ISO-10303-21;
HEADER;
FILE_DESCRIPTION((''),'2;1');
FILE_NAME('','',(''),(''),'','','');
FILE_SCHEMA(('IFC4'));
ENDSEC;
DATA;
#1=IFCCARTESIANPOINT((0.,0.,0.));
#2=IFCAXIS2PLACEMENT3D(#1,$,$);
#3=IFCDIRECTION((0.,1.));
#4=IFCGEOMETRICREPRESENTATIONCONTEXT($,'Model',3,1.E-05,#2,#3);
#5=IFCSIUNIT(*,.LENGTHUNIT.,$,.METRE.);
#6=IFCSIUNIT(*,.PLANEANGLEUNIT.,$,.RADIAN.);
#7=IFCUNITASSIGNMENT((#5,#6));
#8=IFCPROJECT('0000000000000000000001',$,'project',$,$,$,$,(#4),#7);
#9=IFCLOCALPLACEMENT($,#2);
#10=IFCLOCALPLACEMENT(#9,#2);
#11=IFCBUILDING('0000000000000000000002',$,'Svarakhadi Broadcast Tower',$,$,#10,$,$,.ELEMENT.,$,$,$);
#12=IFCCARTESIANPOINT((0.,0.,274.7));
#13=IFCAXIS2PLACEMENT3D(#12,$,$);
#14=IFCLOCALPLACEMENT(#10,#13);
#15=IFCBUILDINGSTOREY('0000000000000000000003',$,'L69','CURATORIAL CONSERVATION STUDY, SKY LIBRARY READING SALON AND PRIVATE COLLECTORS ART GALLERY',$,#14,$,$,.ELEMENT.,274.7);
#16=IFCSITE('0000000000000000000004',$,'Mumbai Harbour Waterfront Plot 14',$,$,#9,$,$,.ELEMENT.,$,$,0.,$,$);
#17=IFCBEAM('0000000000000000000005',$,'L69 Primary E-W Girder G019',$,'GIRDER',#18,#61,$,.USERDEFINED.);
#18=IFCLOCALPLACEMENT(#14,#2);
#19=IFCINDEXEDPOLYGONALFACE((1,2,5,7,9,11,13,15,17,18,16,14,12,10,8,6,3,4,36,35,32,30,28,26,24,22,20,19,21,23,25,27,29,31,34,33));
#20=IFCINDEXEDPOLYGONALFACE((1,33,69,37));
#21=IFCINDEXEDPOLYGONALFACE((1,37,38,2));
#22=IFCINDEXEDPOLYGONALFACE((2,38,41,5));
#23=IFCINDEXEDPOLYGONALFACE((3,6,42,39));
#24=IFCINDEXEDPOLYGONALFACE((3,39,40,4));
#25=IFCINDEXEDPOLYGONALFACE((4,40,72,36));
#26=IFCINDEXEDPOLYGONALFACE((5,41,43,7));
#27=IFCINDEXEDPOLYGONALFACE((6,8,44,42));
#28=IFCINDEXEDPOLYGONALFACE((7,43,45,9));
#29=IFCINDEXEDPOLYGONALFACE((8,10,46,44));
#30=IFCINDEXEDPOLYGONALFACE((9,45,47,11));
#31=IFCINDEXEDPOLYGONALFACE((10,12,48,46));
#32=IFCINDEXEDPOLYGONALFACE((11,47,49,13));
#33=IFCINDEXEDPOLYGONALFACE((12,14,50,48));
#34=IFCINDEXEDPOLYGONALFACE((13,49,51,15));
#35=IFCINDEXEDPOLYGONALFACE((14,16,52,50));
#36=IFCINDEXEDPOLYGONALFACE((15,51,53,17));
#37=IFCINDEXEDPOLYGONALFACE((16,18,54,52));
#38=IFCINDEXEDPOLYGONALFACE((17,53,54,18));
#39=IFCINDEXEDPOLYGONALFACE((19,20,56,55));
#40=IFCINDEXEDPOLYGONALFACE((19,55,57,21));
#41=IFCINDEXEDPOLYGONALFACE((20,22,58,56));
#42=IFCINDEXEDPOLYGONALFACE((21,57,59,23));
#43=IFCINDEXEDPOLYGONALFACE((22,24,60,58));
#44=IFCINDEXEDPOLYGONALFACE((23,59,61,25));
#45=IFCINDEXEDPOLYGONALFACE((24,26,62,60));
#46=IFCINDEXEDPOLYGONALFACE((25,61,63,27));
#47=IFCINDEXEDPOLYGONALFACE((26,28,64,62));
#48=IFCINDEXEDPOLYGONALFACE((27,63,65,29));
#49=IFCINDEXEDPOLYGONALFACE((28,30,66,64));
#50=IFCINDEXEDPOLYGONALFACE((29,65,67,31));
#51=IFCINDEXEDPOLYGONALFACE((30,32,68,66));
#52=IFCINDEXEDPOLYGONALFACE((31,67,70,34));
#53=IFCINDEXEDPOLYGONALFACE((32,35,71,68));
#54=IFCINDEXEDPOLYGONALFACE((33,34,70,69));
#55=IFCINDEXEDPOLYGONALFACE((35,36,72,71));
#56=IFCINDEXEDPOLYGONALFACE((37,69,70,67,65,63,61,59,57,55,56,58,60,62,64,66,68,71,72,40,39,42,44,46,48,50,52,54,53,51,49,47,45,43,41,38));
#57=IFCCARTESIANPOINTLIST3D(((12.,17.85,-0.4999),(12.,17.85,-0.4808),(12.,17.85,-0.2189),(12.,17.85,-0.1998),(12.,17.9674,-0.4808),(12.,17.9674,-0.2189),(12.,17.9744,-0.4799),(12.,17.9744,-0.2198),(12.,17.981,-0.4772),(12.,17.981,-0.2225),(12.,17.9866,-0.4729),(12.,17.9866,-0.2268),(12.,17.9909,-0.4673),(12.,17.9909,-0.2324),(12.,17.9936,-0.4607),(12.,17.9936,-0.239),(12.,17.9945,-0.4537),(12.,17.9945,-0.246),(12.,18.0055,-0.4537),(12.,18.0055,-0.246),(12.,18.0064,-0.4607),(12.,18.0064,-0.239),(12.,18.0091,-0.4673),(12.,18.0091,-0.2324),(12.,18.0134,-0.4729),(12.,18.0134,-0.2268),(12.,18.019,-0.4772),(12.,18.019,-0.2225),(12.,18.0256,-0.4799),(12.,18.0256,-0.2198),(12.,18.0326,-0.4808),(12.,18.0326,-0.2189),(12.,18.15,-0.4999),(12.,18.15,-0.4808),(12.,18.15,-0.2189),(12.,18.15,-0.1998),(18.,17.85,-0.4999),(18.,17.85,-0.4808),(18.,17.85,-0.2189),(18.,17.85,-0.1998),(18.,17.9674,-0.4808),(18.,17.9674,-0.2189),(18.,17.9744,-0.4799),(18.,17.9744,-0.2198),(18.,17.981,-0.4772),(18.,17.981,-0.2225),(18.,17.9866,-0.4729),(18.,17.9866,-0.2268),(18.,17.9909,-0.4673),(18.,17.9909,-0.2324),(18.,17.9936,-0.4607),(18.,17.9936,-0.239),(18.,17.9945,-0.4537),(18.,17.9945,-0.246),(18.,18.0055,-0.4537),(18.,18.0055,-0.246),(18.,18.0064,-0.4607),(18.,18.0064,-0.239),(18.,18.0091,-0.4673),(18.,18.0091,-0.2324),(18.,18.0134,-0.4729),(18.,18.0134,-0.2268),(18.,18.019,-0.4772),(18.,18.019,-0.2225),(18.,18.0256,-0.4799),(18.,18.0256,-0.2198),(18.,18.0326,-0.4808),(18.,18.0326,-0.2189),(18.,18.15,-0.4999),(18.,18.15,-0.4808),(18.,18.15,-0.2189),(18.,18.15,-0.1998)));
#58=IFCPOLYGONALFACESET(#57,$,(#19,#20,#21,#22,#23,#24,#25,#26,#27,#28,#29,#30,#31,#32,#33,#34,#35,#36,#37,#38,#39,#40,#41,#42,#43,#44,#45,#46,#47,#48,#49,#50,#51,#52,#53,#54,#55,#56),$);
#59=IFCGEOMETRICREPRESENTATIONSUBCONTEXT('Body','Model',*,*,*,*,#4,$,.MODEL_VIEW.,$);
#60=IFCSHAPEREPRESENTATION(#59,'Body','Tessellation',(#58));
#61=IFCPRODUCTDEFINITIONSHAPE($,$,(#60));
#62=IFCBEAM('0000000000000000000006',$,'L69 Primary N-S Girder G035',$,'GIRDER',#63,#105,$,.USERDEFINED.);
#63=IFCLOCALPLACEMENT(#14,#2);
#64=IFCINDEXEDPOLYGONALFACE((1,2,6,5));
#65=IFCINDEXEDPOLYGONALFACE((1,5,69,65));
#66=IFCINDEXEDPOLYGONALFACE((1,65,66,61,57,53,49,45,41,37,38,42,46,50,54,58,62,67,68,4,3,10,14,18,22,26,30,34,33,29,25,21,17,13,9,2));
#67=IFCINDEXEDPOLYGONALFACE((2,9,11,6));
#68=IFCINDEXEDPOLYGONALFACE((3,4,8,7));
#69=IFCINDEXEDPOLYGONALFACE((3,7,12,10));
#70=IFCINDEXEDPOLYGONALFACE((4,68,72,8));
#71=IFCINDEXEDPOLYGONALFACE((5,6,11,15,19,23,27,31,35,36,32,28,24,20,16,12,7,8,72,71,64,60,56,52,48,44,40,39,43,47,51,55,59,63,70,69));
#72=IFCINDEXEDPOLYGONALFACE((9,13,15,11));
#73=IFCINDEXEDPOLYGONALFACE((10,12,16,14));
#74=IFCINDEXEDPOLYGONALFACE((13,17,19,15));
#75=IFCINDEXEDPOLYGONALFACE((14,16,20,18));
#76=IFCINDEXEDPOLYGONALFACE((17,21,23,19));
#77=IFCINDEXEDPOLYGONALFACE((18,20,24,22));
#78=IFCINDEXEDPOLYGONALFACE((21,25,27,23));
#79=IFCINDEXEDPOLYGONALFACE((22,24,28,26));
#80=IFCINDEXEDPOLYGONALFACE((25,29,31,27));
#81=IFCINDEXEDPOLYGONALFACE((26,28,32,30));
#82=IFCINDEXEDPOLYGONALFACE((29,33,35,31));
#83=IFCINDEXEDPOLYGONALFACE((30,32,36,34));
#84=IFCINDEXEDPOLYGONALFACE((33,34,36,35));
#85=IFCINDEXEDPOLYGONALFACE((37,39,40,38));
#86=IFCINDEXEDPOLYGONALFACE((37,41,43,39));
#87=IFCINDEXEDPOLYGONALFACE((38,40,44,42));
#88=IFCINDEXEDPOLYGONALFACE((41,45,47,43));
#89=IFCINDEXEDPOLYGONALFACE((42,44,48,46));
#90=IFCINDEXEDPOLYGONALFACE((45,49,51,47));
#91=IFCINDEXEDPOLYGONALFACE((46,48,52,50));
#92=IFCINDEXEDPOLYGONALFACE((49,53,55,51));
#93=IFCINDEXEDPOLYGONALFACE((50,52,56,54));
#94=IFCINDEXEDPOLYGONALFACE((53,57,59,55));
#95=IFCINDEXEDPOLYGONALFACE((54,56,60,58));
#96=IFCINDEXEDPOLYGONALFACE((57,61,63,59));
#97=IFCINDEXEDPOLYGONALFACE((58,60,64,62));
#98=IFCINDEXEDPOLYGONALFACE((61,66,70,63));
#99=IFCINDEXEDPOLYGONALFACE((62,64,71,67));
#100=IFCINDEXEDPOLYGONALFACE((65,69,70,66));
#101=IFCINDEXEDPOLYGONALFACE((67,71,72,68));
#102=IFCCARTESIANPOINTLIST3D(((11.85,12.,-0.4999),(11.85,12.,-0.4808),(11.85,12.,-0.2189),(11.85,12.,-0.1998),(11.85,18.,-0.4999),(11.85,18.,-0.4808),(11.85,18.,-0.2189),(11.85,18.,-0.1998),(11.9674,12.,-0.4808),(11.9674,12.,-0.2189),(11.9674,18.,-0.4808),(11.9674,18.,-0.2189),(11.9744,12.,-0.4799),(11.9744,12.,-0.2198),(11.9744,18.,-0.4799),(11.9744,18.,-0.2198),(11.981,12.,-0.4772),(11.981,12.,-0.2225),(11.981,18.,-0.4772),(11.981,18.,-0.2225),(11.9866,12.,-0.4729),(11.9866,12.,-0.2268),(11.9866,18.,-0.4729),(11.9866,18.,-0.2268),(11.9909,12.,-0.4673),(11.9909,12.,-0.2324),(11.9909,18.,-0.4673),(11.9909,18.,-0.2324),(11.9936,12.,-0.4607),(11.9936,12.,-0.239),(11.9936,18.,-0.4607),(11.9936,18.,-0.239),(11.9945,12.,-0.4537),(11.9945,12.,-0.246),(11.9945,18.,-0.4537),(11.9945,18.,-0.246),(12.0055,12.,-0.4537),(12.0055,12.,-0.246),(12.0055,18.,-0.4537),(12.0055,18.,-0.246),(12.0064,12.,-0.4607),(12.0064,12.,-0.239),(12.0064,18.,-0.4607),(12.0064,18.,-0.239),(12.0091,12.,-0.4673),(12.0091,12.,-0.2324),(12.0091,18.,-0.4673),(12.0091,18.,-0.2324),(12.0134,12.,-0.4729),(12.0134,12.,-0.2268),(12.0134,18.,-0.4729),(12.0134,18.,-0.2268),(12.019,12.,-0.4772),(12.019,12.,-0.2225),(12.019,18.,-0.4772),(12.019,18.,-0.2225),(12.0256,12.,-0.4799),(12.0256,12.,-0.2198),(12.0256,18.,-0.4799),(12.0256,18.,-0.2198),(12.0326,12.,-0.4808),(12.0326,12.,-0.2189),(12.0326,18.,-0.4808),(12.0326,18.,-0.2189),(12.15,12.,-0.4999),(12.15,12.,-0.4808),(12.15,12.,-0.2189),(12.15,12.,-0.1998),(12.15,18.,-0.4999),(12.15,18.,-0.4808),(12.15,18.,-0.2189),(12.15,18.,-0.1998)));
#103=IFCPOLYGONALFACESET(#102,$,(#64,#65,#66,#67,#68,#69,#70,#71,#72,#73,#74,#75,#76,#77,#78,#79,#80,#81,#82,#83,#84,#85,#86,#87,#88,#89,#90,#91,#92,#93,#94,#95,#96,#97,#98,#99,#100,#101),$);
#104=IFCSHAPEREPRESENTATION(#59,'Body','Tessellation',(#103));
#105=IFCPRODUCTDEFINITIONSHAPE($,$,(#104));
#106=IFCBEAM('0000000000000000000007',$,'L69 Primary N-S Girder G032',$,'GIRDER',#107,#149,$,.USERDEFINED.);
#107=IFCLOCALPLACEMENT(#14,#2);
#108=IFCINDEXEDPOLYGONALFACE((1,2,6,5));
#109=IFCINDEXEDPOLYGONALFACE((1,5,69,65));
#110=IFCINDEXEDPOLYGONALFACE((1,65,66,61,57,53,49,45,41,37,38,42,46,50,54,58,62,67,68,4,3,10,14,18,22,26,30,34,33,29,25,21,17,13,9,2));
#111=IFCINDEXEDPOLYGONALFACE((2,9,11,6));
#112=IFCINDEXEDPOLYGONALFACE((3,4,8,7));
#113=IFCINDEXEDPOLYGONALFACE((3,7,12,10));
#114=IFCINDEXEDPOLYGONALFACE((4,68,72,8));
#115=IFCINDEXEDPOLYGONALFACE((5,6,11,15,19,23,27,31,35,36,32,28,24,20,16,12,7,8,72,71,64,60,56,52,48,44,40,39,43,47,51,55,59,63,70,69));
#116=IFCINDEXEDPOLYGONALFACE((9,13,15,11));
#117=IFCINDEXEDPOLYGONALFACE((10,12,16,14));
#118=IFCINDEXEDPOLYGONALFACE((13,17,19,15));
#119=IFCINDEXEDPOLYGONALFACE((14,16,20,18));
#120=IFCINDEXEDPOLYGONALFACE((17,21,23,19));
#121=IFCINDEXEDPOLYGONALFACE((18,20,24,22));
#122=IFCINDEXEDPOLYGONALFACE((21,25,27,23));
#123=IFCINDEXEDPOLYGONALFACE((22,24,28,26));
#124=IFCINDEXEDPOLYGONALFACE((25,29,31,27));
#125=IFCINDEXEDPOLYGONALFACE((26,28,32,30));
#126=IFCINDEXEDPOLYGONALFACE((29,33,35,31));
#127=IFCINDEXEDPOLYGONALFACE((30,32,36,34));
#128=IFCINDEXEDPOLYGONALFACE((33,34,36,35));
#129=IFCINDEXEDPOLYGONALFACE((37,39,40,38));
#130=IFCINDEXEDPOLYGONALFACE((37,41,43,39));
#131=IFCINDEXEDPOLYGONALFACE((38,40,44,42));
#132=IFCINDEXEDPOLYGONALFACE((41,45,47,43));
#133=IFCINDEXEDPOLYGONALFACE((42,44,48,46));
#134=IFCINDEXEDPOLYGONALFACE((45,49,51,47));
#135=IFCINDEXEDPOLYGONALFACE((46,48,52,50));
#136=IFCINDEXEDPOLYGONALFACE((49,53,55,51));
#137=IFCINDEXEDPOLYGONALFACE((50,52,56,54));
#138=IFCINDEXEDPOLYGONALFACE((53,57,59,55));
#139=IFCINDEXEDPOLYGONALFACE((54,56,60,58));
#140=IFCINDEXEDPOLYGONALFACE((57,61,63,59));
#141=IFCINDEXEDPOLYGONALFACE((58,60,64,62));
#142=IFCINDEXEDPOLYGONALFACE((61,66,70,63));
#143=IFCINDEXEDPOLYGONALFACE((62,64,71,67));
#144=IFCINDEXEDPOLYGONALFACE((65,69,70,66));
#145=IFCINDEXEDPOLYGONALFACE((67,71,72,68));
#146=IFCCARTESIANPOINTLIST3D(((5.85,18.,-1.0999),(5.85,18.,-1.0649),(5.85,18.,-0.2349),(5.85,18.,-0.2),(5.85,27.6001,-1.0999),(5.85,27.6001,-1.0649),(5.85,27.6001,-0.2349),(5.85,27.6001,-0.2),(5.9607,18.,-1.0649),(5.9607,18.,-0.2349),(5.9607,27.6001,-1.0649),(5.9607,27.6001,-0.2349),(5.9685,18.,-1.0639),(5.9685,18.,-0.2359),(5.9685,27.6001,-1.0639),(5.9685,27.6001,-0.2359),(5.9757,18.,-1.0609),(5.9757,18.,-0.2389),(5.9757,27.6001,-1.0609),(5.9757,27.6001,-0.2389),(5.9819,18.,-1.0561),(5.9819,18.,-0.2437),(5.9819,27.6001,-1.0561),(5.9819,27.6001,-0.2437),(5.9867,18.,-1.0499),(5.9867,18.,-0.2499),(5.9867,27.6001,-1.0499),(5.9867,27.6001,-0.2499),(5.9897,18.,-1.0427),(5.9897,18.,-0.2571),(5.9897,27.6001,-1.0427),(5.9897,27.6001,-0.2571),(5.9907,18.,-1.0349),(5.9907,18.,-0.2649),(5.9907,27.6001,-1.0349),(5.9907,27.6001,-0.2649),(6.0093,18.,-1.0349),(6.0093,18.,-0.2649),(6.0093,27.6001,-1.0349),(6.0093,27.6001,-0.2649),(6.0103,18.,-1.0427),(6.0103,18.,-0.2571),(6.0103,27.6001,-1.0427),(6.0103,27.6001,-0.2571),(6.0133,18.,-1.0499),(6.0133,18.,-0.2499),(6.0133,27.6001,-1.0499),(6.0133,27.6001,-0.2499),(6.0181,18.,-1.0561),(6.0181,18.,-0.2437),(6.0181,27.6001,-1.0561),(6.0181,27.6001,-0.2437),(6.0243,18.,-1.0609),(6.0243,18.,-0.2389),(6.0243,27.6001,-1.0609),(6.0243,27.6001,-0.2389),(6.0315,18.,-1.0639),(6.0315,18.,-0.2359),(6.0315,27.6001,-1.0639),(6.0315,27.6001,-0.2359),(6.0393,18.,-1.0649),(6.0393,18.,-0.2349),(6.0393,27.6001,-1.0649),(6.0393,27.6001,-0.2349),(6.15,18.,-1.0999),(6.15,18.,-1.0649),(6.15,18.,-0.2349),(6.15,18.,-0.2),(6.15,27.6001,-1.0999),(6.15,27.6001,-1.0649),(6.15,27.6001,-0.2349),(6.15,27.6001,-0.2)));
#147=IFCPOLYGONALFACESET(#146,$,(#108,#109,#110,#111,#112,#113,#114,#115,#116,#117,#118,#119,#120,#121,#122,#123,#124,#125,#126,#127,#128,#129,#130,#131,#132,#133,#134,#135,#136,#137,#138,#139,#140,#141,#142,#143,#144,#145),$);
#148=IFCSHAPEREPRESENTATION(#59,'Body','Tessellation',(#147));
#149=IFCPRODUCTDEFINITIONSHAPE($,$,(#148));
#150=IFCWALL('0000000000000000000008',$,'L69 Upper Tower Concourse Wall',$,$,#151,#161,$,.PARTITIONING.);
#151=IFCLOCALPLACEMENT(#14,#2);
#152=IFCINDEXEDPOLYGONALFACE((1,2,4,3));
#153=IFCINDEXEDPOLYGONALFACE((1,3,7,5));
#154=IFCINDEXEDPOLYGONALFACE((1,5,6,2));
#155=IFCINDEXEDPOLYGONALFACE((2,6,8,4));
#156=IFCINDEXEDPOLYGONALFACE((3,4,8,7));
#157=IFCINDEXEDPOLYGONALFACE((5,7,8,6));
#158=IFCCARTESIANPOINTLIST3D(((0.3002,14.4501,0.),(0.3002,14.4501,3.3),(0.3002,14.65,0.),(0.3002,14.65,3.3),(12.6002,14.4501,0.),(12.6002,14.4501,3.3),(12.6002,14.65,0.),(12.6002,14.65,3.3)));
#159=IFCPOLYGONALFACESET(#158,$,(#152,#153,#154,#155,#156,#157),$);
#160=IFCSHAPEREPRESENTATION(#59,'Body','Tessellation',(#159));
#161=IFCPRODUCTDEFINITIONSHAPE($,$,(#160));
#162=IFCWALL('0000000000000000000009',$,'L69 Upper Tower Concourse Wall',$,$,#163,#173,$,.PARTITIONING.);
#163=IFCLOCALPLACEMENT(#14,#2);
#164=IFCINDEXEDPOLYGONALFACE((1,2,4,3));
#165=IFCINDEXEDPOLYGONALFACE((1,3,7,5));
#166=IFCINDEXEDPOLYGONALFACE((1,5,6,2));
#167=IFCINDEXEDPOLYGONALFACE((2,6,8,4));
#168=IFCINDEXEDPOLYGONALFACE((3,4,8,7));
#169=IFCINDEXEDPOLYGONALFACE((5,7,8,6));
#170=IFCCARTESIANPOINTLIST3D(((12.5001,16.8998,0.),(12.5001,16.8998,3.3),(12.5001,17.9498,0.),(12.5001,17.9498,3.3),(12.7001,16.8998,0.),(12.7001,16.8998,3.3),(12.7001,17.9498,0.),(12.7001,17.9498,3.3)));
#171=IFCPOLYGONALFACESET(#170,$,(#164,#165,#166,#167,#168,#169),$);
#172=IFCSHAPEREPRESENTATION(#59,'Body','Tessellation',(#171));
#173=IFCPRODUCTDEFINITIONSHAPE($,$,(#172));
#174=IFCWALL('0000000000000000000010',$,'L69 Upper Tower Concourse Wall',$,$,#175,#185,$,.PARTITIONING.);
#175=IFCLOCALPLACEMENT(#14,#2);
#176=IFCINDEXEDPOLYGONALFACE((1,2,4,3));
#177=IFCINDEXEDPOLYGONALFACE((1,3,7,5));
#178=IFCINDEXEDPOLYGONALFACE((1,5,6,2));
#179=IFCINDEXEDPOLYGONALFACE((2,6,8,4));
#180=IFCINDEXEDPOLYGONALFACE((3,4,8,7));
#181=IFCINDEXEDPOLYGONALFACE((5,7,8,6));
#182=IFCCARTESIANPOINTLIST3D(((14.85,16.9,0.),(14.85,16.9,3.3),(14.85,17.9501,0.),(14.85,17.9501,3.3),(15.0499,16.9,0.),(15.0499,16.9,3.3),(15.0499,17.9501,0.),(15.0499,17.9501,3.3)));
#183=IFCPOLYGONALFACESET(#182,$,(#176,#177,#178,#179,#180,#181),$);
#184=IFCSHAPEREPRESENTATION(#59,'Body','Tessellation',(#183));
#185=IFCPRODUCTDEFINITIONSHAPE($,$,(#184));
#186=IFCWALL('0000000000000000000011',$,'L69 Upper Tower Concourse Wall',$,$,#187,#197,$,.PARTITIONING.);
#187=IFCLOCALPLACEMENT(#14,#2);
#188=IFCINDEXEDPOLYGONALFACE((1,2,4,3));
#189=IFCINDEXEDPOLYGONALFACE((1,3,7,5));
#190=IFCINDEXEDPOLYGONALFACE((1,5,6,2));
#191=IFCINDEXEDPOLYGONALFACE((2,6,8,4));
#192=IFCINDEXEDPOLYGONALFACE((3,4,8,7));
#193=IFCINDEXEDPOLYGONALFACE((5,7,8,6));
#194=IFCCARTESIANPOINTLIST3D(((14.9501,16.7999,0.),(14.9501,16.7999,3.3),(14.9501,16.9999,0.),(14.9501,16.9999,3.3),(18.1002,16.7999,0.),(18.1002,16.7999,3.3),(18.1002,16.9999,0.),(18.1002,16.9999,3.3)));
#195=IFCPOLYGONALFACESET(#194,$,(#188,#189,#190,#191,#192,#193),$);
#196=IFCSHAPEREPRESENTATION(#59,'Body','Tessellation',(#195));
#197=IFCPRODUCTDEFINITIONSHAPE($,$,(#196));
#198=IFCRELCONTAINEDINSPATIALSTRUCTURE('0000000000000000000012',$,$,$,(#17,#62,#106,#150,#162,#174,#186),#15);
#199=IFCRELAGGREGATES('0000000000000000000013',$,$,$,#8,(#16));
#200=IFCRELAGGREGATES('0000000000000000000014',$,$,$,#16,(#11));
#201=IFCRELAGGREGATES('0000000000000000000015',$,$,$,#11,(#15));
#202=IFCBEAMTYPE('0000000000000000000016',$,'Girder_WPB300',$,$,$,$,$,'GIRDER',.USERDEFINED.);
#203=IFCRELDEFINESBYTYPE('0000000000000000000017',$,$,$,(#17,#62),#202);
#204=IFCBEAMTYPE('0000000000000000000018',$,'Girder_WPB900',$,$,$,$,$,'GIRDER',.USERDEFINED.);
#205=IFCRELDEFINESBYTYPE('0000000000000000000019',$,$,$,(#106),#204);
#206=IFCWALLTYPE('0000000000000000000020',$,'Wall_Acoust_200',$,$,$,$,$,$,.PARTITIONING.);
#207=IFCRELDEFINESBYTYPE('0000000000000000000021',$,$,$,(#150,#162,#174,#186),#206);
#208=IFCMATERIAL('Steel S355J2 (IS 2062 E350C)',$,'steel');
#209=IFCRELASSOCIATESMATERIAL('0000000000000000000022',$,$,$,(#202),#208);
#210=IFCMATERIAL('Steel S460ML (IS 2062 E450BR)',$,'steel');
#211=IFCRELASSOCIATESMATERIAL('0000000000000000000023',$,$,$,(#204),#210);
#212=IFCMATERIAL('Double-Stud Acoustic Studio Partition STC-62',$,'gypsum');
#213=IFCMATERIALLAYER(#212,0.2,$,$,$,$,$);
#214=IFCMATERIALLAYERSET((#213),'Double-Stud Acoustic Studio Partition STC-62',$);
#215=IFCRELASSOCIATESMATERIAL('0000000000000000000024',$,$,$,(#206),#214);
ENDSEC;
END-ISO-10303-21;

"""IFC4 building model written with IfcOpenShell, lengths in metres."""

from ifc_helpers import new_model, si_unit, direction, frame, frame_2d, origin, origin_2d, place, context, subcontext, project, spatial, rectangle, i_section, extrude, material, layer, layer_set, material_profile, profile_set, type_object, element, save


model = new_model("IFC4")

# Units and contexts
model_context = context("Model", 3, precision=1e-05, world=origin(), true_north=direction((0.0, 1.0)))
body_context = subcontext(model_context, "Body", "Model", "MODEL_VIEW")
ifc_project = project(units=[si_unit("LENGTHUNIT", "METRE"), si_unit("PLANEANGLEUNIT", "RADIAN")], contexts=[model_context])

# Site, building, storey
site_placement = place(None, origin())
site = spatial("IfcSite", under=ifc_project, at=site_placement, Name="Mumbai Harbour Waterfront Plot 14", CompositionType="ELEMENT", RefElevation=0.0)
building_placement = place(site_placement, origin())
building = spatial("IfcBuilding", under=site, at=building_placement, Name="Svarakhadi Broadcast Tower", CompositionType="ELEMENT")
storey_placement = place(building_placement, frame((0.0, 0.0, 274.7)))
storey = spatial("IfcBuildingStorey", under=building, at=storey_placement, Name="L69", Description="CURATORIAL CONSERVATION STUDY, SKY LIBRARY READING SALON AND PRIVATE COLLECTORS ART GALLERY", CompositionType="ELEMENT", Elevation=274.7)

# Beams
ifc_material_1 = material(Name="Steel S355J2 (IS 2062 E350C)", Category="steel")
ifc_material_profile_1 = material_profile(ifc_material_1, i_section(OverallWidth=0.3, OverallDepth=0.3, WebThickness=0.011, FlangeThickness=0.019, FilletRadius=0.0271, at=origin_2d()), Name="WPB 300x300x117")
ifc_profile_set_1 = profile_set([ifc_material_profile_1], Name="Steel S355J2 (IS 2062 E350C)")
beam_type_1 = type_object("IfcBeamType", Name="Girder_WPB300", ElementType="GIRDER", PredefinedType="USERDEFINED", material=ifc_profile_set_1)
for number, where, z_axis, x_axis, name in (
    (1, (12.0, 18.0, -0.3499), (1.0, 0.0, 0.0), (0.0, 1.0, 0.0), "L69 Primary E-W Girder G019"),
    (2, (12.0, 12.0, -0.3499), (0.0, 1.0, 0.0), (-1.0, 0.0, 0.0), "L69 Primary N-S Girder G035"),
):
    element("IfcBeam", number, at=place(storey_placement, frame(where, z_axis=z_axis, x_axis=x_axis)), inside=storey, type_object=beam_type_1, Name=name, ObjectType="GIRDER", PredefinedType="USERDEFINED", context=body_context, shape_type="SweptSolid", body=[
        extrude(i_section(OverallWidth=0.3, OverallDepth=0.3, WebThickness=0.011, FlangeThickness=0.019, FilletRadius=0.0271, at=origin_2d()), origin(), (0.0, 0.0, 1.0), 6.0),
    ])
ifc_material_2 = material(Name="Steel S460ML (IS 2062 E450BR)", Category="steel")
ifc_material_profile_2 = material_profile(ifc_material_2, i_section(OverallWidth=0.3, OverallDepth=0.8999, WebThickness=0.0186, FlangeThickness=0.0349, FilletRadius=0.03, at=origin_2d()), Name="WPB 900x300x291")
ifc_profile_set_2 = profile_set([ifc_material_profile_2], Name="Steel S460ML (IS 2062 E450BR)")
beam_type_2 = type_object("IfcBeamType", Name="Girder_WPB900", ElementType="GIRDER", PredefinedType="USERDEFINED", material=ifc_profile_set_2)
beam_1_placement = place(storey_placement, frame((6.0, 18.0, -0.6499), z_axis=(0.0, 1.0, 0.0), x_axis=(-1.0, 0.0, 0.0)))
element("IfcBeam", 3, at=beam_1_placement, inside=storey, type_object=beam_type_2, Name="L69 Primary N-S Girder G032", ObjectType="GIRDER", PredefinedType="USERDEFINED", context=body_context, shape_type="SweptSolid", body=[
    extrude(i_section(OverallWidth=0.3, OverallDepth=0.8999, WebThickness=0.0186, FlangeThickness=0.0349, FilletRadius=0.03, at=origin_2d()), origin(), (0.0, 0.0, 1.0), 9.6001),
])

# Walls
ifc_material_3 = material(Name="Double-Stud Acoustic Studio Partition STC-62", Category="gypsum")
ifc_layer_1 = layer(ifc_material_3, 0.2)
ifc_layer_set_1 = layer_set([ifc_layer_1], Name="Double-Stud Acoustic Studio Partition STC-62")
wall_type_1 = type_object("IfcWallType", Name="Wall_Acoust_200", PredefinedType="PARTITIONING", material=ifc_layer_set_1)
wall_1_placement = place(storey_placement, frame((12.6001, 14.55, 0.0), z_axis=(0.0, 0.0, 1.0), x_axis=(-1.0, 0.0, 0.0)))
element("IfcWall", 4, at=wall_1_placement, inside=storey, type_object=wall_type_1, Name="L69 Upper Tower Concourse Wall", PredefinedType="PARTITIONING", context=body_context, shape_type="SweptSolid", body=[
    extrude(rectangle(XDim=12.3, YDim=0.2, at=frame_2d((6.1499, 0.0))), origin(), (0.0, 0.0, 1.0), 3.3),
])
for number, where, z_axis, x_axis, name in (
    (5, (12.6001, 16.8999, 0.0), (0.0, 0.0, 1.0), (0.0, 1.0, 0.0), "L69 Upper Tower Concourse Wall"),
    (6, (14.95, 17.95, 0.0), (0.0, 0.0, 1.0), (0.0, -1.0, 0.0), "L69 Upper Tower Concourse Wall"),
):
    element("IfcWall", number, at=place(storey_placement, frame(where, z_axis=z_axis, x_axis=x_axis)), inside=storey, type_object=wall_type_1, Name=name, PredefinedType="PARTITIONING", context=body_context, shape_type="SweptSolid", body=[
        extrude(rectangle(XDim=1.05, YDim=0.2, at=frame_2d((0.5249, 0.0))), origin(), (0.0, 0.0, 1.0), 3.3),
    ])
wall_2_placement = place(storey_placement, frame((14.95, 16.8999, 0.0), z_axis=(0.0, 0.0, 1.0), x_axis=(1.0, 0.0, 0.0)))
element("IfcWall", 7, at=wall_2_placement, inside=storey, type_object=wall_type_1, Name="L69 Upper Tower Concourse Wall", PredefinedType="PARTITIONING", context=body_context, shape_type="SweptSolid", body=[
    extrude(rectangle(XDim=3.1501, YDim=0.2, at=frame_2d((1.5752, 0.0))), origin(), (0.0, 0.0, 1.0), 3.3),
])

save(model, "model.ifc")
